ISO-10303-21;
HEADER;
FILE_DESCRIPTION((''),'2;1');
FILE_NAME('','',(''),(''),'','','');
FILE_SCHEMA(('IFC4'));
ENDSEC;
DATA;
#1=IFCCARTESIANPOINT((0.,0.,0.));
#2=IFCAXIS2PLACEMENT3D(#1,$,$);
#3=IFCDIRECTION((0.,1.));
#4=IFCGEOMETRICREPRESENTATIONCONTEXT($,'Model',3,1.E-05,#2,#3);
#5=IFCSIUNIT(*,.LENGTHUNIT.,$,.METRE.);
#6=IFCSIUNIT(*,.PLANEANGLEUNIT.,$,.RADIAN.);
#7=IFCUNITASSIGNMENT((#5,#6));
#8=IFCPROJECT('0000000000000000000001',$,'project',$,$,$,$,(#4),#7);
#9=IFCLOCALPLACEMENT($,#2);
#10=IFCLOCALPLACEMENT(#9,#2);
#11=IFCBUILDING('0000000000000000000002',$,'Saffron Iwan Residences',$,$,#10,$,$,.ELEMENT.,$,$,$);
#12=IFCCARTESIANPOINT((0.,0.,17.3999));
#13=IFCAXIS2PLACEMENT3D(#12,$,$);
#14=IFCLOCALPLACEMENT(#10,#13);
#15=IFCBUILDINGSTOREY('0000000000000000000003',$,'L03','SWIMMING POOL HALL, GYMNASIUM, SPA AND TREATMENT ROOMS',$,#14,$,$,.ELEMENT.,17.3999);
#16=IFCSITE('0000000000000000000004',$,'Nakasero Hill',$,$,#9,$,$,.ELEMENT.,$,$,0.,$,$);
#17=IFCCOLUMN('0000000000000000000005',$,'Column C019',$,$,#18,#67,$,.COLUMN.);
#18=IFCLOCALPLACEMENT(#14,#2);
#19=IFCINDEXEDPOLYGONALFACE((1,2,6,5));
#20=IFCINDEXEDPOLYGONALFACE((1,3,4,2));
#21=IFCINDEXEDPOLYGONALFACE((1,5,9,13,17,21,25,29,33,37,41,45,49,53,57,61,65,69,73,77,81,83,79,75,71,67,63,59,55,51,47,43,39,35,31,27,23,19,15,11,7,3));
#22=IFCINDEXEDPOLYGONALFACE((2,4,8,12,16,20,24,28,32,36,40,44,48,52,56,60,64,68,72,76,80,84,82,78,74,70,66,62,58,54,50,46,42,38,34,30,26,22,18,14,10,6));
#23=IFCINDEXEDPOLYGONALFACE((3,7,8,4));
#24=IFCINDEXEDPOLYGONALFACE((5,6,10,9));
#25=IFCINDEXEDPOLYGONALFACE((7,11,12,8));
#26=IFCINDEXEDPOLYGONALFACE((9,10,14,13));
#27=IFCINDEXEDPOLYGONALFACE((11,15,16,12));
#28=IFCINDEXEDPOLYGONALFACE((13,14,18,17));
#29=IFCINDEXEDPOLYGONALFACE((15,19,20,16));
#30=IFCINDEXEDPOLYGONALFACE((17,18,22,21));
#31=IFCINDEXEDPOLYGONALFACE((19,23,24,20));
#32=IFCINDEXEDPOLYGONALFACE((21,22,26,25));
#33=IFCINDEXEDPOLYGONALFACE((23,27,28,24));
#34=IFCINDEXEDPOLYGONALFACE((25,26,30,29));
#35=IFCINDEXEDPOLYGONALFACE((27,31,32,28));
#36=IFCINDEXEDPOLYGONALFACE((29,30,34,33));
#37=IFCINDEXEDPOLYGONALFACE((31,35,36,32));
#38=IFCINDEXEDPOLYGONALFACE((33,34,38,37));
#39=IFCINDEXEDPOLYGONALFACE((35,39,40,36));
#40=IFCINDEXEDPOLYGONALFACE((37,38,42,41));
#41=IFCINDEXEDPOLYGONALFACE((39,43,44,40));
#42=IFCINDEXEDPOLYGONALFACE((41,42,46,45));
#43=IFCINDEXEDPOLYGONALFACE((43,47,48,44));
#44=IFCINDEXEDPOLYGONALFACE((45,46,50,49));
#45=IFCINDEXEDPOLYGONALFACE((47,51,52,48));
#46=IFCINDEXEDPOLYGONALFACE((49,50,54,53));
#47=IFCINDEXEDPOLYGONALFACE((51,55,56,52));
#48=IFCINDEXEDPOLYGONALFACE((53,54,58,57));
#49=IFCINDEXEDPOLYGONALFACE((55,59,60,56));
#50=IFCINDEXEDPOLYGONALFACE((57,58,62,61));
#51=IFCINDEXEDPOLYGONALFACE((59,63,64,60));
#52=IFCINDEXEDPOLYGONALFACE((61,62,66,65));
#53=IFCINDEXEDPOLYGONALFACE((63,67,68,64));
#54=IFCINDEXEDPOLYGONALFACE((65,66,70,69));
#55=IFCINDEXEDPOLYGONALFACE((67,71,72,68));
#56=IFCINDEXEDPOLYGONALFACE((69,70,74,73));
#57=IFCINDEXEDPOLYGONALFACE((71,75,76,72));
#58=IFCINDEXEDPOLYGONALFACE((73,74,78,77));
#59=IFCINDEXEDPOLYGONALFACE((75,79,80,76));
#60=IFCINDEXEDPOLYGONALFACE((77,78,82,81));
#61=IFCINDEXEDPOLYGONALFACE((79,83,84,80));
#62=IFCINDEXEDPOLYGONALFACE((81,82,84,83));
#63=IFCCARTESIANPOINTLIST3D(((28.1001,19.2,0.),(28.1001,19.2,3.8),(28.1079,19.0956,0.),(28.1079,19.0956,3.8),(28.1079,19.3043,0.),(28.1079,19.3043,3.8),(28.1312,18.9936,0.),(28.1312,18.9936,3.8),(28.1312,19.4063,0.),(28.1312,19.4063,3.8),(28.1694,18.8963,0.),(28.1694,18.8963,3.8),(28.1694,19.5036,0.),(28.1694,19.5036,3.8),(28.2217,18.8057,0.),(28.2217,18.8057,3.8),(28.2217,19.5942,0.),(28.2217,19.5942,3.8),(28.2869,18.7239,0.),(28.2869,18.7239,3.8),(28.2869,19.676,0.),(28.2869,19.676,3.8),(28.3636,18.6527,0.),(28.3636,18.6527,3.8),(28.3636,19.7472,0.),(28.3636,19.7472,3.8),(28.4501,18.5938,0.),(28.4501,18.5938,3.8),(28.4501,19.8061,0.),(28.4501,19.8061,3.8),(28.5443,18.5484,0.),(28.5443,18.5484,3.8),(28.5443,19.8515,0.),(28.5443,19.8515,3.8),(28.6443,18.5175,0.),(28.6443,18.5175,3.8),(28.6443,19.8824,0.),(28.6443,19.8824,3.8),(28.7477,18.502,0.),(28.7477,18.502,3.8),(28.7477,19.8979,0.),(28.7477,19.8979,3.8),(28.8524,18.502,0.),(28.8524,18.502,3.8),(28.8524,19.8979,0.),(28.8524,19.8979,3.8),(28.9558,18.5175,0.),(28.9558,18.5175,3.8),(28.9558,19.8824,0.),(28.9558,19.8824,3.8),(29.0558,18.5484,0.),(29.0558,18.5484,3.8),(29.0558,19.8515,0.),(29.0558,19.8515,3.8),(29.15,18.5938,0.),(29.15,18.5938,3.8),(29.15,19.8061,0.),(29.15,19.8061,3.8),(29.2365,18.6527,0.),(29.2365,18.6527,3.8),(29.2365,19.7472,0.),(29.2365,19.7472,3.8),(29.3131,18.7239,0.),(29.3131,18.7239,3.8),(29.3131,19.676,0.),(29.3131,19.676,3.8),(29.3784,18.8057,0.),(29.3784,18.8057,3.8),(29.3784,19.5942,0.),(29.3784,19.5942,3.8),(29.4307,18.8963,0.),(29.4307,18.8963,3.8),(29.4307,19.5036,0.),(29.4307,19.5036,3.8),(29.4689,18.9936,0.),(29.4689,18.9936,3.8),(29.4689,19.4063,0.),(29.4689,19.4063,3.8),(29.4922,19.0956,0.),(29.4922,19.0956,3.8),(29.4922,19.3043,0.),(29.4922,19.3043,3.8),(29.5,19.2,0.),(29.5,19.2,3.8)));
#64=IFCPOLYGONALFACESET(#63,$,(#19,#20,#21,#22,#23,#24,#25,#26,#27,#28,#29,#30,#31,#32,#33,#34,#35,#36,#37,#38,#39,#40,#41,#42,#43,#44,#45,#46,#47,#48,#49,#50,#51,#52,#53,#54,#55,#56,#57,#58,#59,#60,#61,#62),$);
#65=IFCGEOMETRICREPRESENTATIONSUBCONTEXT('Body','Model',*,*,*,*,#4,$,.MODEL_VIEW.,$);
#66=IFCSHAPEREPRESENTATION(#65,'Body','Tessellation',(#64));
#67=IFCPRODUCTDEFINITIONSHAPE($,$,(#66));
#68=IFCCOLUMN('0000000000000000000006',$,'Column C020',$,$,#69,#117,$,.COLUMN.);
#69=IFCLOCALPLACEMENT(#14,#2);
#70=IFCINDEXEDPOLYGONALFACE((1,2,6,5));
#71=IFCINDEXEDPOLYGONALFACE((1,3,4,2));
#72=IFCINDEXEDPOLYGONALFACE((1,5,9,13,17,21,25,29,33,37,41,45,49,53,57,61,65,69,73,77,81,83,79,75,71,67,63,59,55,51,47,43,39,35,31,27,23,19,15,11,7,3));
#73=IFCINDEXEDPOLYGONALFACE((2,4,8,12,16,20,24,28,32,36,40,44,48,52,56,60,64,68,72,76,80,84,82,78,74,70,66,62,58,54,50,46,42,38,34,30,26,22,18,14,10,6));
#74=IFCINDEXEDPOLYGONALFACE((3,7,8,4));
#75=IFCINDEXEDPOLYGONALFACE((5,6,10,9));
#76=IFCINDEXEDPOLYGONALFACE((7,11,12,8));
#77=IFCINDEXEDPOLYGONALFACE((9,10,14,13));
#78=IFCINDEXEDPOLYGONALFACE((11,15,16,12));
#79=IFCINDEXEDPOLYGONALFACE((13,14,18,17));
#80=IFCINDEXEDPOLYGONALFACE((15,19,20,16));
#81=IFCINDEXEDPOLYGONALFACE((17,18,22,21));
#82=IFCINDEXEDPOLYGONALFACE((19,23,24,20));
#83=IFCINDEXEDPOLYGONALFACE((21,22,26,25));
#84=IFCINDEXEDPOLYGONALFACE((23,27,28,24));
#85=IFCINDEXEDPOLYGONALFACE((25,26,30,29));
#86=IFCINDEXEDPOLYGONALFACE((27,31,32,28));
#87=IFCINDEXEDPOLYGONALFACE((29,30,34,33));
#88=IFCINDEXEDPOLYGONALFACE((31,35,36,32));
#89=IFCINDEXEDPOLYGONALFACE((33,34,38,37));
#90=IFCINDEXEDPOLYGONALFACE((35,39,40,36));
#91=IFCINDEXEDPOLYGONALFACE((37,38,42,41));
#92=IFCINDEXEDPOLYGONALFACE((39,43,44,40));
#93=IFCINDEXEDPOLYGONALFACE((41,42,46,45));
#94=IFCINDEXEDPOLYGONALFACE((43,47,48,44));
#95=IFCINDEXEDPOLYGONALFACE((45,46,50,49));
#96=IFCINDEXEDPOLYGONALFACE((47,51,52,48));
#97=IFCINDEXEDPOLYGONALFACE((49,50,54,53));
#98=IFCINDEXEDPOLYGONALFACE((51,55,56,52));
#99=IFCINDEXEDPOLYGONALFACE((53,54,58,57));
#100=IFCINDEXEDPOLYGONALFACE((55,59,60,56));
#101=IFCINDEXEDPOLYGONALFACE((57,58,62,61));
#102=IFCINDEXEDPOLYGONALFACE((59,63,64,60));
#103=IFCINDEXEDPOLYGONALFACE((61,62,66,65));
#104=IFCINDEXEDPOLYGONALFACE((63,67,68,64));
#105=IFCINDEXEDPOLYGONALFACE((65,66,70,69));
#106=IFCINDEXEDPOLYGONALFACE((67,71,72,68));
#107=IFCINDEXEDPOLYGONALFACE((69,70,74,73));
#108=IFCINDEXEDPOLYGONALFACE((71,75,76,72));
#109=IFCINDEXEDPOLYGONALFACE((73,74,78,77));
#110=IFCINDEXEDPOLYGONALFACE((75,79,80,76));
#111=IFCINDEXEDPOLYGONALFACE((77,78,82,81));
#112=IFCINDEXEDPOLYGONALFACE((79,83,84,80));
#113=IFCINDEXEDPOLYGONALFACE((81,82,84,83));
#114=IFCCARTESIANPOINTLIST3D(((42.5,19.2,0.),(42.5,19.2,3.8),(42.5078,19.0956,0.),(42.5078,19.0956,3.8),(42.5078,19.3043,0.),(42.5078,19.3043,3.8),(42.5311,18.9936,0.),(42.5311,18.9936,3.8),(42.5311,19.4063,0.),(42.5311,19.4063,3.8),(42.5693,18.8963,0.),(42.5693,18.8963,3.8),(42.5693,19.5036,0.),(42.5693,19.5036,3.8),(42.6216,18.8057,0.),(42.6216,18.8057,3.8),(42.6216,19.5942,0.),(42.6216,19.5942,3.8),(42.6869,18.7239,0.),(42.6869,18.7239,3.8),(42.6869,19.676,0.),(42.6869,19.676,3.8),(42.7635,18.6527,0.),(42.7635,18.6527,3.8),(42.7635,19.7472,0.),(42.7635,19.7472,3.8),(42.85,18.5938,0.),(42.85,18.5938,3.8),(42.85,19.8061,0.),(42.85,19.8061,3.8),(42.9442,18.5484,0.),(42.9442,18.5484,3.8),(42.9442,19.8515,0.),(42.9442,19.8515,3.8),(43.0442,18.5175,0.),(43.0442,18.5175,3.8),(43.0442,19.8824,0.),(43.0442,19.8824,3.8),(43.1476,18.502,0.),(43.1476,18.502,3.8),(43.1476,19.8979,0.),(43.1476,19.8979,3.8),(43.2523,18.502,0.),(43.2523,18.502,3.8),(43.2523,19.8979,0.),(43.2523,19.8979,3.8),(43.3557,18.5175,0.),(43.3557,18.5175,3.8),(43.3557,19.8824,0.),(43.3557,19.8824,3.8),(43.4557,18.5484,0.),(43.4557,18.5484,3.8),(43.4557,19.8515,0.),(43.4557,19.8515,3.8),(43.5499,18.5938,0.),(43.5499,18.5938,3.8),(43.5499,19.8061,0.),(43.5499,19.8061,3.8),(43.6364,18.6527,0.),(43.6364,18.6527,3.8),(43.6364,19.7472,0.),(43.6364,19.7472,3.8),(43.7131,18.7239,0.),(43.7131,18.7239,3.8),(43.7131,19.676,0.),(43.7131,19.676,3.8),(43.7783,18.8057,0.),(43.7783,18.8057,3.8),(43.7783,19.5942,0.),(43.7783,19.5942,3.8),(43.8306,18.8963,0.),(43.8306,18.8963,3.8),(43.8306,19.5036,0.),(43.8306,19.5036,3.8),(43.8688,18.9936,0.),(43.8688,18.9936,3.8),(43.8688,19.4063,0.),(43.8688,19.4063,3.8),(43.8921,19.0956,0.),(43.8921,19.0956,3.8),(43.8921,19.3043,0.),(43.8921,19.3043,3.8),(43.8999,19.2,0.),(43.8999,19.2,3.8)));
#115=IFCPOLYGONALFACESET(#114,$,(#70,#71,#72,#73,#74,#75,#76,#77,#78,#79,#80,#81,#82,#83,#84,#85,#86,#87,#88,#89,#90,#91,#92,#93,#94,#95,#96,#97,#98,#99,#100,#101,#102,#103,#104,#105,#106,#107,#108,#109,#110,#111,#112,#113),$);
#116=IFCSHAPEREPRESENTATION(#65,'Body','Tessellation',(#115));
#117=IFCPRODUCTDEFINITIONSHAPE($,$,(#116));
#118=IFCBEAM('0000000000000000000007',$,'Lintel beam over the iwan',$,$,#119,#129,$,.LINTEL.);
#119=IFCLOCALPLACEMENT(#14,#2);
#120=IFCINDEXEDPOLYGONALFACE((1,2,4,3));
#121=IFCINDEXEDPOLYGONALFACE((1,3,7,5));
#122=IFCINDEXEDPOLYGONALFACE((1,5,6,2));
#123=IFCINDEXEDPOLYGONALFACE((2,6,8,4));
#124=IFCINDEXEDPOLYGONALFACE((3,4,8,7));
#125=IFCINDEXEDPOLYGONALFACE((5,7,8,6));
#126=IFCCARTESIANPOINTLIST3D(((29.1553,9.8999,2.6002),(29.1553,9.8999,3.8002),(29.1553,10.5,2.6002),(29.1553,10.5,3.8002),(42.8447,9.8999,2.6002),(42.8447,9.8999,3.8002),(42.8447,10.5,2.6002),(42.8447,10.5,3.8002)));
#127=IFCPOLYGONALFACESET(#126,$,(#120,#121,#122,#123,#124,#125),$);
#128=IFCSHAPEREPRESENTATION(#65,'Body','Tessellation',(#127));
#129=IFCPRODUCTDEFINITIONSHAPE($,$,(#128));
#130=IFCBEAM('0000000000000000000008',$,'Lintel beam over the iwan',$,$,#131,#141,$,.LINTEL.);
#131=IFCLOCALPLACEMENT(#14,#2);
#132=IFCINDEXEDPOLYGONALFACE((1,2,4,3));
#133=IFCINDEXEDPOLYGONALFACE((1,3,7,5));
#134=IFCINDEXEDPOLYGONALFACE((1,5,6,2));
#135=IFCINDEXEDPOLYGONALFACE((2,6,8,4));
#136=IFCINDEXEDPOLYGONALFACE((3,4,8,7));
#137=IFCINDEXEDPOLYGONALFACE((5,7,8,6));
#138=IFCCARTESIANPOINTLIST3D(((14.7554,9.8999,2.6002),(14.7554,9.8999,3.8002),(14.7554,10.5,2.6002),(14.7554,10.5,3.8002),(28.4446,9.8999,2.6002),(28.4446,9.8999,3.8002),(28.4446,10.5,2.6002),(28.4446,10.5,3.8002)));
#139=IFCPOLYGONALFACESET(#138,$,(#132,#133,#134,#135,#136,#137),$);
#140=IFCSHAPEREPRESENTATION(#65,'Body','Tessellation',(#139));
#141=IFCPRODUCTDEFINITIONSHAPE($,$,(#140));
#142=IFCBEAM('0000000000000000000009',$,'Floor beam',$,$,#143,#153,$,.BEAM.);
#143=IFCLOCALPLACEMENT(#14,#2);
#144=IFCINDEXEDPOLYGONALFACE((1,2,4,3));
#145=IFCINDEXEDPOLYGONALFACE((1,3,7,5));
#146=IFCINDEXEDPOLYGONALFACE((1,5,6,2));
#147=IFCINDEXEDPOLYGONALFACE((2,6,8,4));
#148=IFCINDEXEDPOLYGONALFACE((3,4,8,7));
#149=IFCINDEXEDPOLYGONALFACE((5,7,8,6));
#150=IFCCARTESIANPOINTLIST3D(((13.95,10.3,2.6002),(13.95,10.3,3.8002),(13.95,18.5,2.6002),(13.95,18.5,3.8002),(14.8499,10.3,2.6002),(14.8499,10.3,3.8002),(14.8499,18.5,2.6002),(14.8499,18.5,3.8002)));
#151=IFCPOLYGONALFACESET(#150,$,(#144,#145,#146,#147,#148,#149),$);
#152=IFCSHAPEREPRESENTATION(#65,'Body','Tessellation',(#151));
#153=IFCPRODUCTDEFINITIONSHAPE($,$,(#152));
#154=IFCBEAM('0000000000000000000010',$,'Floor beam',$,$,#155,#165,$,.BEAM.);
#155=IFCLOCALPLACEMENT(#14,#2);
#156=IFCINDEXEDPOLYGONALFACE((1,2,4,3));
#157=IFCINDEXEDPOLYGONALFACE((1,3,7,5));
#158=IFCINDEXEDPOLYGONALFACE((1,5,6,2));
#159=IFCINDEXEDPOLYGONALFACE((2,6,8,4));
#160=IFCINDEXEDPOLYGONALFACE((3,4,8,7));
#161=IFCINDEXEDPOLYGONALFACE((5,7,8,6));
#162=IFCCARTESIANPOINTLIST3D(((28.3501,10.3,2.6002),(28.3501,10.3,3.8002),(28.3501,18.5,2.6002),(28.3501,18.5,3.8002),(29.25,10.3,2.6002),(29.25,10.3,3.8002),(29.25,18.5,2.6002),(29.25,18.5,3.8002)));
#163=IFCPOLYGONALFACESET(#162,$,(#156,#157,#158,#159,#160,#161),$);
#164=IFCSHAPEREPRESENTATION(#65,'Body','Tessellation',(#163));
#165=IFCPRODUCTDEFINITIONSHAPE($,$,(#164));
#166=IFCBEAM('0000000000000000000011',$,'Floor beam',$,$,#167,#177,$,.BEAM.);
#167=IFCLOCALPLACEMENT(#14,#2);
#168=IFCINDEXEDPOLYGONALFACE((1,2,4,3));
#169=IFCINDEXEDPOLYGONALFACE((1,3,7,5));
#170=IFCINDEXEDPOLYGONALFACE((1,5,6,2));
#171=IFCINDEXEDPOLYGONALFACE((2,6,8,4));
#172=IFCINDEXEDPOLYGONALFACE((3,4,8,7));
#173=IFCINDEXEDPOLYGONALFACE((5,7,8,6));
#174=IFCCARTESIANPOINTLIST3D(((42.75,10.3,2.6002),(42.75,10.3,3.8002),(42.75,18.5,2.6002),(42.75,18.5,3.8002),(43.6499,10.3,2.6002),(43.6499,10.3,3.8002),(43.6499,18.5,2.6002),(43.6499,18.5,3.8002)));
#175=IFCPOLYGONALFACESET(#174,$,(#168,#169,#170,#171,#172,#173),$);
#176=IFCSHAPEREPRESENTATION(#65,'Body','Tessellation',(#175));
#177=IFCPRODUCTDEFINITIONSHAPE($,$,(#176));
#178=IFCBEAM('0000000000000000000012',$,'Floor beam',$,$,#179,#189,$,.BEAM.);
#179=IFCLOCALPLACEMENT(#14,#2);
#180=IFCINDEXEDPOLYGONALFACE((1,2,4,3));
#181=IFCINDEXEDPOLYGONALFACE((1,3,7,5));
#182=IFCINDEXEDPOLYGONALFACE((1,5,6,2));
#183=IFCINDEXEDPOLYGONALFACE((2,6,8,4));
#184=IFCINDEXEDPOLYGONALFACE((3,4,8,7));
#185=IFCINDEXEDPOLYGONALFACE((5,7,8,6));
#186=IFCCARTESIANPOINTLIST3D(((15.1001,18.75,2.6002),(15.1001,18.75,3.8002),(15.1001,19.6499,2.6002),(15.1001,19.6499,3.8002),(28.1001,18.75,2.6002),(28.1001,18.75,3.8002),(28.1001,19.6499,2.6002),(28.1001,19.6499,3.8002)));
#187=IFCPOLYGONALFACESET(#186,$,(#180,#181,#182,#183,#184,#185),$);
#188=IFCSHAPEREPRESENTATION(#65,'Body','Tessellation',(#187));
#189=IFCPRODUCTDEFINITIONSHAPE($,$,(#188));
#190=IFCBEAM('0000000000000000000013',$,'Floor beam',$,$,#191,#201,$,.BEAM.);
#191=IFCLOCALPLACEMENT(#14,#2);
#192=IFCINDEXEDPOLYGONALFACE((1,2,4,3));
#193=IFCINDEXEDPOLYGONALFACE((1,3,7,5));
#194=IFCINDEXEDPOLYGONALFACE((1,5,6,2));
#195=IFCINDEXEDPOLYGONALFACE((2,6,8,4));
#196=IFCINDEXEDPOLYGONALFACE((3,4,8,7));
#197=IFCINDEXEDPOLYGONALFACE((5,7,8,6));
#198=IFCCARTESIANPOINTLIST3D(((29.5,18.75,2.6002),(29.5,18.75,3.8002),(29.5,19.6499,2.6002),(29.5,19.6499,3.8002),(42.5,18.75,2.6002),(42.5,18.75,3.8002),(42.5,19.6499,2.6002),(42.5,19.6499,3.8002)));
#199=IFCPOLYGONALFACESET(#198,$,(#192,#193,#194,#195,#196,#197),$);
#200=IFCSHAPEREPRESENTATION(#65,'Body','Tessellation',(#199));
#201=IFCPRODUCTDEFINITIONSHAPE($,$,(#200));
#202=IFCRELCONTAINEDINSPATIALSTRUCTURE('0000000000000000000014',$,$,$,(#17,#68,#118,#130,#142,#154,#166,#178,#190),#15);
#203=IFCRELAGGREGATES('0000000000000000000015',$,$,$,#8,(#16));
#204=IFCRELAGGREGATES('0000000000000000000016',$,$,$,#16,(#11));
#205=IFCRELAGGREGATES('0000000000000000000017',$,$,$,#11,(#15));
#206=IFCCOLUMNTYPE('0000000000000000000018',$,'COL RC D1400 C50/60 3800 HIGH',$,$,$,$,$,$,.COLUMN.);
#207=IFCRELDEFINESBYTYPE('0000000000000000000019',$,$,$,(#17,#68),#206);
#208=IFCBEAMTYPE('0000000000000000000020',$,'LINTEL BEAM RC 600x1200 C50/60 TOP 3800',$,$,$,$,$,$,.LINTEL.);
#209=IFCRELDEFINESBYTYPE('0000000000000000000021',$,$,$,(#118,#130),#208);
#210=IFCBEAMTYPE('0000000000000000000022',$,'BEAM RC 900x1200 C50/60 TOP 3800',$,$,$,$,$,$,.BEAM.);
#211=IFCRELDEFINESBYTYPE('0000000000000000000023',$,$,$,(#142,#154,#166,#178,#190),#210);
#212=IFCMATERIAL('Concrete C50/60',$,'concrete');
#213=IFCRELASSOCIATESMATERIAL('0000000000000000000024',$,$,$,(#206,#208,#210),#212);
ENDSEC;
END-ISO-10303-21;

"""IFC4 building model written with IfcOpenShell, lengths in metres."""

from ifc_helpers import new_model, si_unit, direction, frame, origin, origin_2d, place, context, subcontext, project, spatial, rectangle, circle, extrude, source, transform, mapped, material, material_profile, profile_set, type_object, element, save


model = new_model("IFC4")

# Units and contexts
model_context = context("Model", 3, precision=1e-05, world=origin(), true_north=direction((0.0, 1.0)))
body_context = subcontext(model_context, "Body", "Model", "MODEL_VIEW")
ifc_project = project(units=[si_unit("LENGTHUNIT", "METRE"), si_unit("PLANEANGLEUNIT", "RADIAN")], contexts=[model_context])

# Site, building, storey
site_placement = place(None, origin())
site = spatial("IfcSite", under=ifc_project, at=site_placement, Name="Nakasero Hill", CompositionType="ELEMENT", RefElevation=0.0)
building_placement = place(site_placement, origin())
building = spatial("IfcBuilding", under=site, at=building_placement, Name="Saffron Iwan Residences", CompositionType="ELEMENT")
storey_placement = place(building_placement, frame((0.0, 0.0, 17.3999)))
storey = spatial("IfcBuildingStorey", under=building, at=storey_placement, Name="L03", Description="SWIMMING POOL HALL, GYMNASIUM, SPA AND TREATMENT ROOMS", CompositionType="ELEMENT", Elevation=17.3999)

# Columns
ifc_material_1 = material(Name="Concrete C50/60", Category="concrete")
ifc_material_profile_1 = material_profile(ifc_material_1, circle(Radius=0.7, at=origin_2d()), Name="RC D1400")
ifc_profile_set_1 = profile_set([ifc_material_profile_1], Name="Concrete C50/60")
column_type = type_object("IfcColumnType", Name="COL RC D1400 C50/60 3800 HIGH", PredefinedType="COLUMN", material=ifc_profile_set_1)
shared_shape_1 = source(origin(), body_context, "Body", "SweptSolid", [
    extrude(circle(Radius=0.7, at=origin_2d()), origin(), (0.0, 0.0, 1.0), 3.8),
])
for number, where, z_axis, x_axis, name in (
    (1, (28.8, 19.2, 0.0), (0.0, 0.0, 1.0), (1.0, 0.0, 0.0), "Column C019"),
    (2, (43.2, 19.2, 0.0), (0.0, 0.0, 1.0), (1.0, 0.0, 0.0), "Column C020"),
):
    element("IfcColumn", number, at=place(storey_placement, frame(where, z_axis=z_axis, x_axis=x_axis)), inside=storey, type_object=column_type, Name=name, PredefinedType="COLUMN", context=body_context, shape_type="MappedRepresentation", body=[
        mapped(shared_shape_1, transform((0.0, 0.0, 0.0))),
    ])

# Beams
ifc_material_profile_2 = material_profile(ifc_material_1, rectangle(XDim=0.6001, YDim=1.2, at=origin_2d()), Name="RC 600x1200")
ifc_profile_set_2 = profile_set([ifc_material_profile_2], Name="Concrete C50/60")
beam_type_1 = type_object("IfcBeamType", Name="LINTEL BEAM RC 600x1200 C50/60 TOP 3800", PredefinedType="LINTEL", material=ifc_profile_set_2)
shared_shape_2 = source(origin(), body_context, "Body", "SweptSolid", [
    extrude(rectangle(XDim=0.6001, YDim=1.2, at=origin_2d()), origin(), (0.0, 0.0, 1.0), 13.6895),
])
beam_1_placement = place(storey_placement, frame((42.8447, 10.2, 3.2002), z_axis=(-1.0, 0.0, 0.0), x_axis=(0.0, -1.0, 0.0)))
element("IfcBeam", 3, at=beam_1_placement, inside=storey, type_object=beam_type_1, Name="Lintel beam over the iwan", PredefinedType="LINTEL", context=body_context, shape_type="MappedRepresentation", body=[
    mapped(shared_shape_2, transform((0.0, 0.0, 0.0))),
])
shared_shape_3 = source(origin(), body_context, "Body", "SweptSolid", [
    extrude(rectangle(XDim=0.6001, YDim=1.2, at=origin_2d()), origin(), (0.0, 0.0, 1.0), 13.6892),
])
beam_2_placement = place(storey_placement, frame((28.4446, 10.2, 3.2002), z_axis=(-1.0, 0.0, 0.0), x_axis=(0.0, -1.0, 0.0)))
element("IfcBeam", 4, at=beam_2_placement, inside=storey, type_object=beam_type_1, Name="Lintel beam over the iwan", PredefinedType="LINTEL", context=body_context, shape_type="MappedRepresentation", body=[
    mapped(shared_shape_3, transform((0.0, 0.0, 0.0))),
])
ifc_material_profile_3 = material_profile(ifc_material_1, rectangle(XDim=0.8999, YDim=1.2, at=origin_2d()), Name="RC 900x1200")
ifc_profile_set_3 = profile_set([ifc_material_profile_3], Name="Concrete C50/60")
beam_type_2 = type_object("IfcBeamType", Name="BEAM RC 900x1200 C50/60 TOP 3800", PredefinedType="BEAM", material=ifc_profile_set_3)
shared_shape_4 = source(origin(), body_context, "Body", "SweptSolid", [
    extrude(rectangle(XDim=0.8999, YDim=1.2, at=origin_2d()), origin(), (0.0, 0.0, 1.0), 8.2),
])
for number, where, z_axis, x_axis, name in (
    (5, (14.3999, 10.3, 3.2002), (0.0, 1.0, 0.0), (-1.0, 0.0, 0.0), "Floor beam"),
    (6, (28.8, 10.3, 3.2002), (0.0, 1.0, 0.0), (-1.0, 0.0, 0.0), "Floor beam"),
    (7, (43.2, 10.3, 3.2002), (0.0, 1.0, 0.0), (-1.0, 0.0, 0.0), "Floor beam"),
):
    element("IfcBeam", number, at=place(storey_placement, frame(where, z_axis=z_axis, x_axis=x_axis)), inside=storey, type_object=beam_type_2, Name=name, PredefinedType="BEAM", context=body_context, shape_type="MappedRepresentation", body=[
        mapped(shared_shape_4, transform((0.0, 0.0, 0.0))),
    ])
shared_shape_5 = source(origin(), body_context, "Body", "SweptSolid", [
    extrude(rectangle(XDim=0.8999, YDim=1.2, at=origin_2d()), origin(), (0.0, 0.0, 1.0), 13.0),
])
for number, where, z_axis, x_axis, name in (
    (8, (15.1001, 19.2, 3.2002), (1.0, 0.0, 0.0), (0.0, 1.0, 0.0), "Floor beam"),
    (9, (29.5, 19.2, 3.2002), (1.0, 0.0, 0.0), (0.0, 1.0, 0.0), "Floor beam"),
):
    element("IfcBeam", number, at=place(storey_placement, frame(where, z_axis=z_axis, x_axis=x_axis)), inside=storey, type_object=beam_type_2, Name=name, PredefinedType="BEAM", context=body_context, shape_type="MappedRepresentation", body=[
        mapped(shared_shape_5, transform((0.0, 0.0, 0.0))),
    ])

save(model, "model.ifc")
